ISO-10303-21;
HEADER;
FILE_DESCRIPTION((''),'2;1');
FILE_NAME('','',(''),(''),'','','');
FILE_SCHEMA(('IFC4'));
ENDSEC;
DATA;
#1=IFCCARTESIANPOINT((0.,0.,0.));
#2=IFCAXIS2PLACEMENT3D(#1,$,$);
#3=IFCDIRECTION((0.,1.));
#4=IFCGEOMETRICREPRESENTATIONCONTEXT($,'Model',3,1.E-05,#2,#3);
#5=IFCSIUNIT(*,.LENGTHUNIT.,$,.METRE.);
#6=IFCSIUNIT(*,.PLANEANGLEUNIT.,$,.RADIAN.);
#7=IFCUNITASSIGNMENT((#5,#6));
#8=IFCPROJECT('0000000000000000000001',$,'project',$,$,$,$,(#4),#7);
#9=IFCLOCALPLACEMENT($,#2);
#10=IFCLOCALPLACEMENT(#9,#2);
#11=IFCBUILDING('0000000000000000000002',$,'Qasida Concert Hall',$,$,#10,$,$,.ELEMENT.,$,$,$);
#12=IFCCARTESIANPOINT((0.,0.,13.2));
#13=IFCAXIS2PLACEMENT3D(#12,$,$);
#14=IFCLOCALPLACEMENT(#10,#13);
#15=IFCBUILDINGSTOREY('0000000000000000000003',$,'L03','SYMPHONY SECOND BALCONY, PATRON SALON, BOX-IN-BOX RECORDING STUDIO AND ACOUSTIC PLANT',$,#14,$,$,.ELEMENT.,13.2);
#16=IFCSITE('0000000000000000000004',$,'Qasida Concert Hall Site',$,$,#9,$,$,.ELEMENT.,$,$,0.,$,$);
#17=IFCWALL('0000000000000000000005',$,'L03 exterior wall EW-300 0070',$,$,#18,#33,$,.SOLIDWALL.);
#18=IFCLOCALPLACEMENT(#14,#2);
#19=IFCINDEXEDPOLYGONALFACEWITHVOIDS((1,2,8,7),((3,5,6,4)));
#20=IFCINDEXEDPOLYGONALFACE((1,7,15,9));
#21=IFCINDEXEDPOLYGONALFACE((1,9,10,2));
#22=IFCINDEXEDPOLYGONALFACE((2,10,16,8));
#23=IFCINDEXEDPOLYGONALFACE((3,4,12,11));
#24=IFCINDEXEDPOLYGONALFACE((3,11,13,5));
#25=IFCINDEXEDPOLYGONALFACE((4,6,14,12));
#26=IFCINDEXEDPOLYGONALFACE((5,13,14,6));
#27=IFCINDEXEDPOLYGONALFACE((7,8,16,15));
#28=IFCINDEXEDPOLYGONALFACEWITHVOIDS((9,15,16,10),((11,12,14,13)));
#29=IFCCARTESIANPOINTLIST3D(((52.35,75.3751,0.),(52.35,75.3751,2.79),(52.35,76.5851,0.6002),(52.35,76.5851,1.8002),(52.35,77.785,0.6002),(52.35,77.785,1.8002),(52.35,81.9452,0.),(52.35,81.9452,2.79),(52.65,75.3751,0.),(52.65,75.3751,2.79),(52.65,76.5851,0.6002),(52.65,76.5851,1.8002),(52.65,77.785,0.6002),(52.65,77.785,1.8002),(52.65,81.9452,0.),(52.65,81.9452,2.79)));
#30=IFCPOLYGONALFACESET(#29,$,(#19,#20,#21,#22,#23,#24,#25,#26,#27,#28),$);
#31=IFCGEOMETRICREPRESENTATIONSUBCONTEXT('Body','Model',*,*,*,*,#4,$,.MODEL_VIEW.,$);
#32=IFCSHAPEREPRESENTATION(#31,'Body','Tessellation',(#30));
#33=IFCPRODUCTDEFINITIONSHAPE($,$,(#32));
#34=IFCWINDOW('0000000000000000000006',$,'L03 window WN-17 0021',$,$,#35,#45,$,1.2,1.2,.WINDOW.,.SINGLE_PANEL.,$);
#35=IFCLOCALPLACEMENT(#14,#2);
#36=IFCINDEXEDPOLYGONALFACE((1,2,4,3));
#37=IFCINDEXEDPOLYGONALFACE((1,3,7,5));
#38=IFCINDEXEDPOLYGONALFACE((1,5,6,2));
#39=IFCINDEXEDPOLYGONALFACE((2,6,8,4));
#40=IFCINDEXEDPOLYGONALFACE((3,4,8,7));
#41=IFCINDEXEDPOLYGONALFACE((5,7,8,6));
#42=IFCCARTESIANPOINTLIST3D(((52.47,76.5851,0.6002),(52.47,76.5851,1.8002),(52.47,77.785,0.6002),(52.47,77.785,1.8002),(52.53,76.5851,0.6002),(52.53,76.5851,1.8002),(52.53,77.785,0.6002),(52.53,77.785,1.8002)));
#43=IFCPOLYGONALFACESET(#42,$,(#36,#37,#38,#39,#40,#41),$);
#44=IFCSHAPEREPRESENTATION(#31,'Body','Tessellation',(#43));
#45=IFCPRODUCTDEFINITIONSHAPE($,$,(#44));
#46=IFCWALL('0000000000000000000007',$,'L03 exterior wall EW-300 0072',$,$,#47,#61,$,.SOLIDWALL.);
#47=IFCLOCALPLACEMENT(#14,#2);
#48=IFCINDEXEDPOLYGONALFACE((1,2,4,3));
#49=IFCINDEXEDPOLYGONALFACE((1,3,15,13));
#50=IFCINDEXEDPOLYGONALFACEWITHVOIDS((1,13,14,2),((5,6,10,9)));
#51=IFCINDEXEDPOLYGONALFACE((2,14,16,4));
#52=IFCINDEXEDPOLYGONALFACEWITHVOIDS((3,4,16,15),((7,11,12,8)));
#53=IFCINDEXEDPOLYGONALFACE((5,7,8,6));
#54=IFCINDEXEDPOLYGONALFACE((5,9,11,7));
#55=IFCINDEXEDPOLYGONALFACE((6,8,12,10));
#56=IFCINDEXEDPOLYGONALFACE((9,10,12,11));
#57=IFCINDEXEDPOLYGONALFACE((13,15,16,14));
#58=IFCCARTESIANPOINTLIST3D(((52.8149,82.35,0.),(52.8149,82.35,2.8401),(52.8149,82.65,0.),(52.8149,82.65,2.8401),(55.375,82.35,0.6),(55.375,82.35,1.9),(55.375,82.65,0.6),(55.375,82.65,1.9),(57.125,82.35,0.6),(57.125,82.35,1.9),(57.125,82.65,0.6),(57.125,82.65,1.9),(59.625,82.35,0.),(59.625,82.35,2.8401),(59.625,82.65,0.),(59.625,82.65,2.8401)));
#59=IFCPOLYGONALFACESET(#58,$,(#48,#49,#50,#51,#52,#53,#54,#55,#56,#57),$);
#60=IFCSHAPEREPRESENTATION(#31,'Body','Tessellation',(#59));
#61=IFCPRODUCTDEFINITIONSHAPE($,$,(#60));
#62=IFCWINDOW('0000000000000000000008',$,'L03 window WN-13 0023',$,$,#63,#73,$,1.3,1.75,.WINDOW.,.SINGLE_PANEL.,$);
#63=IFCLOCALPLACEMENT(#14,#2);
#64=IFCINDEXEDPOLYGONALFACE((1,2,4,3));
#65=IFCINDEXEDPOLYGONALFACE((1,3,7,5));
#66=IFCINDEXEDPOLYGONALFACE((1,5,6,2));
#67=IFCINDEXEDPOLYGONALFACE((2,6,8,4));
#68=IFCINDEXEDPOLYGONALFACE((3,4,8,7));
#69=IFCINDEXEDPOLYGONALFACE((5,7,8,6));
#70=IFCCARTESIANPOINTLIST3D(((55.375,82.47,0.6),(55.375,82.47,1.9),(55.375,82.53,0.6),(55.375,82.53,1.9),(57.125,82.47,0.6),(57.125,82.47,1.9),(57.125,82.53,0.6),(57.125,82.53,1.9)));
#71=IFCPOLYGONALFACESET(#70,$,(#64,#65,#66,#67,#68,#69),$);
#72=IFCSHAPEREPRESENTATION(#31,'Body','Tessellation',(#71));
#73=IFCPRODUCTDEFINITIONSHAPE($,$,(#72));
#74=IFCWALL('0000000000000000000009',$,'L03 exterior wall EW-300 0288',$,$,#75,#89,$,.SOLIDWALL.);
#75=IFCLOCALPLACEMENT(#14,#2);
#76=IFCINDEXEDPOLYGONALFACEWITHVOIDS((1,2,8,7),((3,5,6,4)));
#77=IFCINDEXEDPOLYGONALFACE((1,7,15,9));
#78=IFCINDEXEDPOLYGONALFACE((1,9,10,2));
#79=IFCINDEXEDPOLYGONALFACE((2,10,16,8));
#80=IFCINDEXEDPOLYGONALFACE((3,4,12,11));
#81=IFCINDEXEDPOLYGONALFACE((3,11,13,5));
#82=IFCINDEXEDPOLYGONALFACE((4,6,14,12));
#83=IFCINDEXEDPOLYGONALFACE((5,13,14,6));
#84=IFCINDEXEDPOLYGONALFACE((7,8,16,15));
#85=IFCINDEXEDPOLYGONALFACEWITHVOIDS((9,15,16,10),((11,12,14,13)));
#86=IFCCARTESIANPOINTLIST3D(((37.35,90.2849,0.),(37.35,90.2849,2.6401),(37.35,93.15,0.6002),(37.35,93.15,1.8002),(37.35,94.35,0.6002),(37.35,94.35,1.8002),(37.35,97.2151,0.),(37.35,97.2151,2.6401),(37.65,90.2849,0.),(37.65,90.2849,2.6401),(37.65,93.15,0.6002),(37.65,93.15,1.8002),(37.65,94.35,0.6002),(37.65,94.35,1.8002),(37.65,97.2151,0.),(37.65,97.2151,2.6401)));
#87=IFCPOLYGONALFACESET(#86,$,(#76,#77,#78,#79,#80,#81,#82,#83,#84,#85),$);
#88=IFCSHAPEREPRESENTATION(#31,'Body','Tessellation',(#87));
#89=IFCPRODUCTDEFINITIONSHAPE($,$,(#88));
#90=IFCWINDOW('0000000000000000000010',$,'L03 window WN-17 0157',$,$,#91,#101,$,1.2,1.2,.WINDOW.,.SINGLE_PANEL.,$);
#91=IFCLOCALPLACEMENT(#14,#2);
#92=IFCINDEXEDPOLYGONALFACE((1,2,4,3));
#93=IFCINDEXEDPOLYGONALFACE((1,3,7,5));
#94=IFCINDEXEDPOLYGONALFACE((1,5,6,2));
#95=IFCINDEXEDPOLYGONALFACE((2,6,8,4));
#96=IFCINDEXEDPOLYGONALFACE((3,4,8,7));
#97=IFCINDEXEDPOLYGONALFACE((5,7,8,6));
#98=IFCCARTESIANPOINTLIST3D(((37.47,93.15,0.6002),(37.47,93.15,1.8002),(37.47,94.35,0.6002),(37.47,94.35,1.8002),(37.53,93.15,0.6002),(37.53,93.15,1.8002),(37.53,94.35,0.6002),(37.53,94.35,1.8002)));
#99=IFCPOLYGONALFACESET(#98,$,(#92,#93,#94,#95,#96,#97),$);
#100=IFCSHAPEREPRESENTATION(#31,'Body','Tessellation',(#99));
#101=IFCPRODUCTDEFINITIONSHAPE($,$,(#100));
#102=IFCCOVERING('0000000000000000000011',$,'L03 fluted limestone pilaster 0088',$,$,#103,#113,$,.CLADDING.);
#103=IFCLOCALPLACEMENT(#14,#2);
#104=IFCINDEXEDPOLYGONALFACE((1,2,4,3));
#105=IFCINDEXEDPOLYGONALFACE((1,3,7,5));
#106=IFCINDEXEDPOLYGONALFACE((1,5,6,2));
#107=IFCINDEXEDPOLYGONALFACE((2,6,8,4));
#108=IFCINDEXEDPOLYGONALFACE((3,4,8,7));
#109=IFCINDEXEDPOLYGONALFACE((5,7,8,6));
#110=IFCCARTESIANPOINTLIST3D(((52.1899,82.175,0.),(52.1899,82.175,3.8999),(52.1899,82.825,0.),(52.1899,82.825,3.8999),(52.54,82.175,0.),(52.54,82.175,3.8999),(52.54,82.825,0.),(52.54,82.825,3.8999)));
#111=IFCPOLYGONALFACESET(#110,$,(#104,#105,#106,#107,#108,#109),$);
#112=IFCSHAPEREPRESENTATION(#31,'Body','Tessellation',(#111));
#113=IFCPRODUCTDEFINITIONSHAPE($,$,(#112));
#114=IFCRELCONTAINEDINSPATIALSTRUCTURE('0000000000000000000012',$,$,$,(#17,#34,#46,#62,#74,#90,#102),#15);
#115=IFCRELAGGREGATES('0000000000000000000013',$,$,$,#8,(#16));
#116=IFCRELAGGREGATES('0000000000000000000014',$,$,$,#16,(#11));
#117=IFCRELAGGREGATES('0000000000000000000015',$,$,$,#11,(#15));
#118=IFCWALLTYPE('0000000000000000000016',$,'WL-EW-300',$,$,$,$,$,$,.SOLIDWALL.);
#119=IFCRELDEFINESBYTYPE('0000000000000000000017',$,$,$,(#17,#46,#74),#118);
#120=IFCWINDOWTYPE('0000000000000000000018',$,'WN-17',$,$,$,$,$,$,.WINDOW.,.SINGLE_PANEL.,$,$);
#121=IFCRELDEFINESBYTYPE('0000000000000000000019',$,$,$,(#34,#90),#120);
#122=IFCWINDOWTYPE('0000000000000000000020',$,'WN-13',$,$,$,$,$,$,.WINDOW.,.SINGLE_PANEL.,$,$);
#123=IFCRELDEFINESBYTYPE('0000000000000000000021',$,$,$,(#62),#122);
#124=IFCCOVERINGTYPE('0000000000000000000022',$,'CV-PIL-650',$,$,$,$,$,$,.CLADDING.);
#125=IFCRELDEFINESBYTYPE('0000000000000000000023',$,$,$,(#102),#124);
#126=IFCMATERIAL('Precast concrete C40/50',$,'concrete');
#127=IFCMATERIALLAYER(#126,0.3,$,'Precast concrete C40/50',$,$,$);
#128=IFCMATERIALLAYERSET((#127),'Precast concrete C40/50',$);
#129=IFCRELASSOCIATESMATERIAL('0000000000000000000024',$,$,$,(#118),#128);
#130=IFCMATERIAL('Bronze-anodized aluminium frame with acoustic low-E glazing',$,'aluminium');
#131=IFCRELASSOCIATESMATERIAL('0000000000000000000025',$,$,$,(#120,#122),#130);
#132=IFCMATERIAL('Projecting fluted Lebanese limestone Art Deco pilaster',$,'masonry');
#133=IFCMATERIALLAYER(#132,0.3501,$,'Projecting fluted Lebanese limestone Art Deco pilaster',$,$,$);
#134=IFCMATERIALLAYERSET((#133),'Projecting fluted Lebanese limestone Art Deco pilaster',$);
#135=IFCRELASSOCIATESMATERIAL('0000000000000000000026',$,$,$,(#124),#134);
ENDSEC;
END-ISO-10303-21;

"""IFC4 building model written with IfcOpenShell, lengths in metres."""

from ifc_helpers import new_model, si_unit, direction, frame, frame_2d, origin, origin_2d, place, context, subcontext, project, spatial, rectangle, extrude, material, layer, layer_set, type_object, element, fill, save


model = new_model("IFC4")

# Units and contexts
model_context = context("Model", 3, precision=1e-05, world=origin(), true_north=direction((0.0, 1.0)))
body_context = subcontext(model_context, "Body", "Model", "MODEL_VIEW")
ifc_project = project(units=[si_unit("LENGTHUNIT", "METRE"), si_unit("PLANEANGLEUNIT", "RADIAN")], contexts=[model_context])

# Site, building, storey
site_placement = place(None, origin())
site = spatial("IfcSite", under=ifc_project, at=site_placement, Name="Qasida Concert Hall Site", CompositionType="ELEMENT", RefElevation=0.0)
building_placement = place(site_placement, origin())
building = spatial("IfcBuilding", under=site, at=building_placement, Name="Qasida Concert Hall", CompositionType="ELEMENT")
storey_placement = place(building_placement, frame((0.0, 0.0, 13.2)))
storey = spatial("IfcBuildingStorey", under=building, at=storey_placement, Name="L03", Description="SYMPHONY SECOND BALCONY, PATRON SALON, BOX-IN-BOX RECORDING STUDIO AND ACOUSTIC PLANT", CompositionType="ELEMENT", Elevation=13.2)

# Walls, openings, windows
ifc_material_1 = material(Name="Precast concrete C40/50", Category="concrete")
ifc_layer_1 = layer(ifc_material_1, 0.3, Name="Precast concrete C40/50")
ifc_layer_set_1 = layer_set([ifc_layer_1], Name="Precast concrete C40/50")
wall_type = type_object("IfcWallType", Name="WL-EW-300", PredefinedType="SOLIDWALL", material=ifc_layer_set_1)
wall_1_placement = place(storey_placement, frame((52.5, 75.375, 0.0), z_axis=(0.0, 0.0, 1.0), x_axis=(0.0, 1.0, 0.0)))
wall_1 = element("IfcWall", 1, at=wall_1_placement, inside=storey, type_object=wall_type, Name="L03 exterior wall EW-300 0070", PredefinedType="SOLIDWALL", context=body_context, shape_type="SweptSolid", body=[
    extrude(rectangle(XDim=6.5701, YDim=0.3, at=frame_2d((3.2852, 0.0))), origin(), (0.0, 0.0, 1.0), 2.79),
])
opening_1_placement = place(wall_1_placement, frame((1.21, 0.0, 0.6001)))
opening_1 = element("IfcOpeningElement", 2, at=opening_1_placement, cuts=wall_1, PredefinedType="OPENING", context=body_context, shape_type="SweptSolid", body=[
    extrude(rectangle(XDim=1.2, YDim=1.2, at=frame_2d((0.6001, 0.6001))), frame((0.0, 0.1599, 0.0), z_axis=(0.0, -1.0, 0.0), x_axis=(1.0, 0.0, 0.0)), (0.0, 0.0, 1.0), 0.3201),
])
ifc_material_2 = material(Name="Bronze-anodized aluminium frame with acoustic low-E glazing", Category="aluminium")
window_type_1 = type_object("IfcWindowType", Name="WN-17", PartitioningType="SINGLE_PANEL", PredefinedType="WINDOW", material=ifc_material_2)
window_1_placement = place(opening_1_placement, origin())
window_1 = element("IfcWindow", 3, at=window_1_placement, inside=storey, type_object=window_type_1, Name="L03 window WN-17 0021", OverallHeight=1.2, OverallWidth=1.2, PartitioningType="SINGLE_PANEL", PredefinedType="WINDOW", context=body_context, shape_type="SweptSolid", body=[
    extrude(rectangle(XDim=1.2, YDim=1.2, at=frame_2d((0.6001, 0.6001))), frame((0.0, 0.03, 0.0), z_axis=(0.0, -1.0, 0.0), x_axis=(1.0, 0.0, 0.0)), (0.0, 0.0, 1.0), 0.0601),
])
fill(opening_1, window_1)
wall_2_placement = place(storey_placement, frame((52.8149, 82.5, 0.0), z_axis=(0.0, 0.0, 1.0), x_axis=(1.0, 0.0, 0.0)))
wall_2 = element("IfcWall", 4, at=wall_2_placement, inside=storey, type_object=wall_type, Name="L03 exterior wall EW-300 0072", PredefinedType="SOLIDWALL", context=body_context, shape_type="SweptSolid", body=[
    extrude(rectangle(XDim=6.8101, YDim=0.3, at=frame_2d((3.405, 0.0))), origin(), (0.0, 0.0, 1.0), 2.8401),
])
opening_2_placement = place(wall_2_placement, frame((2.5601, 0.0, 0.6001)))
opening_2 = element("IfcOpeningElement", 5, at=opening_2_placement, cuts=wall_2, PredefinedType="OPENING", context=body_context, shape_type="SweptSolid", body=[
    extrude(rectangle(XDim=1.75, YDim=1.3, at=frame_2d((0.875, 0.6499))), frame((0.0, 0.1599, 0.0), z_axis=(0.0, -1.0, 0.0), x_axis=(1.0, 0.0, 0.0)), (0.0, 0.0, 1.0), 0.3201),
])
window_type_2 = type_object("IfcWindowType", Name="WN-13", PartitioningType="SINGLE_PANEL", PredefinedType="WINDOW", material=ifc_material_2)
window_2_placement = place(opening_2_placement, origin())
window_2 = element("IfcWindow", 6, at=window_2_placement, inside=storey, type_object=window_type_2, Name="L03 window WN-13 0023", OverallHeight=1.3, OverallWidth=1.75, PartitioningType="SINGLE_PANEL", PredefinedType="WINDOW", context=body_context, shape_type="SweptSolid", body=[
    extrude(rectangle(XDim=1.75, YDim=1.3, at=frame_2d((0.875, 0.6499))), frame((0.0, 0.03, 0.0), z_axis=(0.0, -1.0, 0.0), x_axis=(1.0, 0.0, 0.0)), (0.0, 0.0, 1.0), 0.0601),
])
fill(opening_2, window_2)
wall_3_placement = place(storey_placement, frame((37.5, 90.2849, 0.0), z_axis=(0.0, 0.0, 1.0), x_axis=(0.0, 1.0, 0.0)))
wall_3 = element("IfcWall", 7, at=wall_3_placement, inside=storey, type_object=wall_type, Name="L03 exterior wall EW-300 0288", PredefinedType="SOLIDWALL", context=body_context, shape_type="SweptSolid", body=[
    extrude(rectangle(XDim=6.9302, YDim=0.3, at=frame_2d((3.4651, 0.0))), origin(), (0.0, 0.0, 1.0), 2.6401),
])
opening_3_placement = place(wall_3_placement, frame((2.865, 0.0, 0.6001)))
opening_3 = element("IfcOpeningElement", 8, at=opening_3_placement, cuts=wall_3, PredefinedType="OPENING", context=body_context, shape_type="SweptSolid", body=[
    extrude(rectangle(XDim=1.2, YDim=1.2, at=frame_2d((0.6001, 0.6001))), frame((0.0, 0.1599, 0.0), z_axis=(0.0, -1.0, 0.0), x_axis=(1.0, 0.0, 0.0)), (0.0, 0.0, 1.0), 0.3201),
])
window_3_placement = place(opening_3_placement, origin())
window_3 = element("IfcWindow", 9, at=window_3_placement, inside=storey, type_object=window_type_1, Name="L03 window WN-17 0157", OverallHeight=1.2, OverallWidth=1.2, PartitioningType="SINGLE_PANEL", PredefinedType="WINDOW", context=body_context, shape_type="SweptSolid", body=[
    extrude(rectangle(XDim=1.2, YDim=1.2, at=frame_2d((0.6001, 0.6001))), frame((0.0, 0.03, 0.0), z_axis=(0.0, -1.0, 0.0), x_axis=(1.0, 0.0, 0.0)), (0.0, 0.0, 1.0), 0.0601),
])
fill(opening_3, window_3)

# Covering
ifc_material_3 = material(Name="Projecting fluted Lebanese limestone Art Deco pilaster", Category="masonry")
ifc_layer_2 = layer(ifc_material_3, 0.3501, Name="Projecting fluted Lebanese limestone Art Deco pilaster")
ifc_layer_set_2 = layer_set([ifc_layer_2], Name="Projecting fluted Lebanese limestone Art Deco pilaster")
covering_type = type_object("IfcCoveringType", Name="CV-PIL-650", PredefinedType="CLADDING", material=ifc_layer_set_2)
covering_placement = place(storey_placement, frame((52.365, 82.5, 0.0), z_axis=(0.0, 0.0, 1.0), x_axis=(1.0, 0.0, 0.0)))
element("IfcCovering", 10, at=covering_placement, inside=storey, type_object=covering_type, Name="L03 fluted limestone pilaster 0088", PredefinedType="CLADDING", context=body_context, shape_type="SweptSolid", body=[
    extrude(rectangle(XDim=0.3501, YDim=0.6499, at=origin_2d()), origin(), (0.0, 0.0, 1.0), 3.8999),
])

save(model, "model.ifc")
